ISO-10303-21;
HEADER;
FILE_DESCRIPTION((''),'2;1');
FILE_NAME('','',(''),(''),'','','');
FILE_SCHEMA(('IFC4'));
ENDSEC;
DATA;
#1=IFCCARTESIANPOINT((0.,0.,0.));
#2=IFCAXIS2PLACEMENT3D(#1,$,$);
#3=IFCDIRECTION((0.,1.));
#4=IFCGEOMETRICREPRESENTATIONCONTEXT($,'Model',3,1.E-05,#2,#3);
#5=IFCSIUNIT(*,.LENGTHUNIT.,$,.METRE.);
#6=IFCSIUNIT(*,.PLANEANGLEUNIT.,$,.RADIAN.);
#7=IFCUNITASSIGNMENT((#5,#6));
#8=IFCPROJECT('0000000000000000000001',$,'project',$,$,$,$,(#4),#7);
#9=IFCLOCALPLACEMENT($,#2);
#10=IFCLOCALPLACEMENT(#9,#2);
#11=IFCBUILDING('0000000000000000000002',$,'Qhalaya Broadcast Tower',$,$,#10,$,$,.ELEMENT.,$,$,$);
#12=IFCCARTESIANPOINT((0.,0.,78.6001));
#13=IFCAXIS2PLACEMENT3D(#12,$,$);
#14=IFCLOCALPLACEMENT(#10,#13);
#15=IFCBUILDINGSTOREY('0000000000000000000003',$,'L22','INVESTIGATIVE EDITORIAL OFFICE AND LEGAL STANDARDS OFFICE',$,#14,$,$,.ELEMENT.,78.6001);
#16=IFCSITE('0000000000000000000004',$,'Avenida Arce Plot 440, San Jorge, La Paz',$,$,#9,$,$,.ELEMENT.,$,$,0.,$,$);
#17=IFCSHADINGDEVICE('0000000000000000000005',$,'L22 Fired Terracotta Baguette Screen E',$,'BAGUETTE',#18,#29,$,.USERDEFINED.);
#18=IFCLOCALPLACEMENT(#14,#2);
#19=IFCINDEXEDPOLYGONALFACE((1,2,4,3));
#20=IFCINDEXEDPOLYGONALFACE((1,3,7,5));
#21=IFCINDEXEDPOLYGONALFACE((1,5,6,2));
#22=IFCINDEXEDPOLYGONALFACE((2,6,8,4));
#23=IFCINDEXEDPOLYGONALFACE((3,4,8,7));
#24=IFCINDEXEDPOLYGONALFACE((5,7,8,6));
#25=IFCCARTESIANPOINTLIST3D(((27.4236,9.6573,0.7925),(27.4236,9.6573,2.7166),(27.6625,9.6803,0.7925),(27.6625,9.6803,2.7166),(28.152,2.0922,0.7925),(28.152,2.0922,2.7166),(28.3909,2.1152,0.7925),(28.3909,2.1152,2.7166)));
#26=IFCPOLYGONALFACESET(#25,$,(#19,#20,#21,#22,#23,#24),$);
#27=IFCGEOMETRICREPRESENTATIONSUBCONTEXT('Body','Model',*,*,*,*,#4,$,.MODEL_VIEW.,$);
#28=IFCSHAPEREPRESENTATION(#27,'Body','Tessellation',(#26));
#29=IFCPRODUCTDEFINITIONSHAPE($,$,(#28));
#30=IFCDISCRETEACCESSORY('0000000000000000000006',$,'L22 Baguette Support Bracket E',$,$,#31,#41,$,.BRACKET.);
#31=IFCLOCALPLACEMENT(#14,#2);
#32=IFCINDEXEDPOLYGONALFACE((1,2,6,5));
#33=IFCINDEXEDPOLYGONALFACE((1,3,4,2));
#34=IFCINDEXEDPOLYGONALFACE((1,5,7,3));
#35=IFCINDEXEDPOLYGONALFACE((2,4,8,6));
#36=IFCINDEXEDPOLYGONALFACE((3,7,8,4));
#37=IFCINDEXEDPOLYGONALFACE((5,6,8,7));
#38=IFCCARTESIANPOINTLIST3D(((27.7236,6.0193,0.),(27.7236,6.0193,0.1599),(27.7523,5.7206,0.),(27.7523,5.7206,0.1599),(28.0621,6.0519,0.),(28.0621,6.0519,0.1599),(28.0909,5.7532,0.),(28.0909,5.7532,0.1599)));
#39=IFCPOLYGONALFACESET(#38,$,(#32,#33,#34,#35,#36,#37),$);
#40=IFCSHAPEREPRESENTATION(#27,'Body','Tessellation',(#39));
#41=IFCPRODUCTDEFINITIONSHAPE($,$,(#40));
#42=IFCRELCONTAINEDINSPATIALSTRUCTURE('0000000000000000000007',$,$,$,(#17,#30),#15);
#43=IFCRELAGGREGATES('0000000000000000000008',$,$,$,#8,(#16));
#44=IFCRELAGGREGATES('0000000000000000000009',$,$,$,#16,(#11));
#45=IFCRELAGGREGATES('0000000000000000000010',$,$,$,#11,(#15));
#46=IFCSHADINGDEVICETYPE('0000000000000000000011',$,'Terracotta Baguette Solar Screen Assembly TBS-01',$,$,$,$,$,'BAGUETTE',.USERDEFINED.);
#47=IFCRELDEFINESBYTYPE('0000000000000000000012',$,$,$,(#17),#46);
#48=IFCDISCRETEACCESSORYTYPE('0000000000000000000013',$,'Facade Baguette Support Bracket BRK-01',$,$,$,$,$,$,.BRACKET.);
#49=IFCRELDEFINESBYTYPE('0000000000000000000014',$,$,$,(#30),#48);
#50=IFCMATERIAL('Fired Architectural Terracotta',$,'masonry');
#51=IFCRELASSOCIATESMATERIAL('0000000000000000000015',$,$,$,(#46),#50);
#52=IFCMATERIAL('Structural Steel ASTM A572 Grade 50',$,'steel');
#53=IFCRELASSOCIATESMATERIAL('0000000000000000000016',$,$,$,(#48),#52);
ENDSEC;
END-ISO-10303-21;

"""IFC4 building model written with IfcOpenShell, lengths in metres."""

from ifc_helpers import new_model, si_unit, direction, frame, origin, origin_2d, place, context, subcontext, project, spatial, rectangle, extrude, material, type_object, element, save


model = new_model("IFC4")

# Units and contexts
model_context = context("Model", 3, precision=1e-05, world=origin(), true_north=direction((0.0, 1.0)))
body_context = subcontext(model_context, "Body", "Model", "MODEL_VIEW")
ifc_project = project(units=[si_unit("LENGTHUNIT", "METRE"), si_unit("PLANEANGLEUNIT", "RADIAN")], contexts=[model_context])

# Site, building, storey
site_placement = place(None, origin())
site = spatial("IfcSite", under=ifc_project, at=site_placement, Name="Avenida Arce Plot 440, San Jorge, La Paz", CompositionType="ELEMENT", RefElevation=0.0)
building_placement = place(site_placement, origin())
building = spatial("IfcBuilding", under=site, at=building_placement, Name="Qhalaya Broadcast Tower", CompositionType="ELEMENT")
storey_placement = place(building_placement, frame((0.0, 0.0, 78.6001)))
storey = spatial("IfcBuildingStorey", under=building, at=storey_placement, Name="L22", Description="INVESTIGATIVE EDITORIAL OFFICE AND LEGAL STANDARDS OFFICE", CompositionType="ELEMENT", Elevation=78.6001)

# Shared definitions
ifc_material_1 = material(Name="Structural Steel ASTM A572 Grade 50", Category="steel")

# Shared definitions
ifc_material_2 = material(Name="Fired Architectural Terracotta", Category="masonry")

# Shading device
shading_device_type = type_object("IfcShadingDeviceType", Name="Terracotta Baguette Solar Screen Assembly TBS-01", ElementType="BAGUETTE", PredefinedType="USERDEFINED", material=ifc_material_2)
shading_device_placement = place(storey_placement, frame((27.9072, 5.8862, 0.7925), z_axis=(0.0, 0.0, 1.0), x_axis=(-0.095846, 0.995396, 0.0)))
element("IfcShadingDevice", 1, at=shading_device_placement, inside=storey, type_object=shading_device_type, Name="L22 Fired Terracotta Baguette Screen E", ObjectType="BAGUETTE", PredefinedType="USERDEFINED", context=body_context, shape_type="SweptSolid", body=[
    extrude(rectangle(XDim=7.6001, YDim=0.24, at=origin_2d()), origin(), (0.0, 0.0, 1.0), 1.9241),
])

# Discrete accessory
discrete_accessory_type = type_object("IfcDiscreteAccessoryType", Name="Facade Baguette Support Bracket BRK-01", PredefinedType="BRACKET", material=ifc_material_1)
discrete_accessory_placement = place(storey_placement, frame((27.9072, 5.8862, 0.0), z_axis=(0.0, 0.0, 1.0), x_axis=(-0.095846, 0.995396, 0.0)))
element("IfcDiscreteAccessory", 2, at=discrete_accessory_placement, inside=storey, type_object=discrete_accessory_type, Name="L22 Baguette Support Bracket E", PredefinedType="BRACKET", context=body_context, shape_type="SweptSolid", body=[
    extrude(rectangle(XDim=0.3, YDim=0.3401, at=origin_2d()), origin(), (0.0, 0.0, 1.0), 0.1599),
])

save(model, "model.ifc")
